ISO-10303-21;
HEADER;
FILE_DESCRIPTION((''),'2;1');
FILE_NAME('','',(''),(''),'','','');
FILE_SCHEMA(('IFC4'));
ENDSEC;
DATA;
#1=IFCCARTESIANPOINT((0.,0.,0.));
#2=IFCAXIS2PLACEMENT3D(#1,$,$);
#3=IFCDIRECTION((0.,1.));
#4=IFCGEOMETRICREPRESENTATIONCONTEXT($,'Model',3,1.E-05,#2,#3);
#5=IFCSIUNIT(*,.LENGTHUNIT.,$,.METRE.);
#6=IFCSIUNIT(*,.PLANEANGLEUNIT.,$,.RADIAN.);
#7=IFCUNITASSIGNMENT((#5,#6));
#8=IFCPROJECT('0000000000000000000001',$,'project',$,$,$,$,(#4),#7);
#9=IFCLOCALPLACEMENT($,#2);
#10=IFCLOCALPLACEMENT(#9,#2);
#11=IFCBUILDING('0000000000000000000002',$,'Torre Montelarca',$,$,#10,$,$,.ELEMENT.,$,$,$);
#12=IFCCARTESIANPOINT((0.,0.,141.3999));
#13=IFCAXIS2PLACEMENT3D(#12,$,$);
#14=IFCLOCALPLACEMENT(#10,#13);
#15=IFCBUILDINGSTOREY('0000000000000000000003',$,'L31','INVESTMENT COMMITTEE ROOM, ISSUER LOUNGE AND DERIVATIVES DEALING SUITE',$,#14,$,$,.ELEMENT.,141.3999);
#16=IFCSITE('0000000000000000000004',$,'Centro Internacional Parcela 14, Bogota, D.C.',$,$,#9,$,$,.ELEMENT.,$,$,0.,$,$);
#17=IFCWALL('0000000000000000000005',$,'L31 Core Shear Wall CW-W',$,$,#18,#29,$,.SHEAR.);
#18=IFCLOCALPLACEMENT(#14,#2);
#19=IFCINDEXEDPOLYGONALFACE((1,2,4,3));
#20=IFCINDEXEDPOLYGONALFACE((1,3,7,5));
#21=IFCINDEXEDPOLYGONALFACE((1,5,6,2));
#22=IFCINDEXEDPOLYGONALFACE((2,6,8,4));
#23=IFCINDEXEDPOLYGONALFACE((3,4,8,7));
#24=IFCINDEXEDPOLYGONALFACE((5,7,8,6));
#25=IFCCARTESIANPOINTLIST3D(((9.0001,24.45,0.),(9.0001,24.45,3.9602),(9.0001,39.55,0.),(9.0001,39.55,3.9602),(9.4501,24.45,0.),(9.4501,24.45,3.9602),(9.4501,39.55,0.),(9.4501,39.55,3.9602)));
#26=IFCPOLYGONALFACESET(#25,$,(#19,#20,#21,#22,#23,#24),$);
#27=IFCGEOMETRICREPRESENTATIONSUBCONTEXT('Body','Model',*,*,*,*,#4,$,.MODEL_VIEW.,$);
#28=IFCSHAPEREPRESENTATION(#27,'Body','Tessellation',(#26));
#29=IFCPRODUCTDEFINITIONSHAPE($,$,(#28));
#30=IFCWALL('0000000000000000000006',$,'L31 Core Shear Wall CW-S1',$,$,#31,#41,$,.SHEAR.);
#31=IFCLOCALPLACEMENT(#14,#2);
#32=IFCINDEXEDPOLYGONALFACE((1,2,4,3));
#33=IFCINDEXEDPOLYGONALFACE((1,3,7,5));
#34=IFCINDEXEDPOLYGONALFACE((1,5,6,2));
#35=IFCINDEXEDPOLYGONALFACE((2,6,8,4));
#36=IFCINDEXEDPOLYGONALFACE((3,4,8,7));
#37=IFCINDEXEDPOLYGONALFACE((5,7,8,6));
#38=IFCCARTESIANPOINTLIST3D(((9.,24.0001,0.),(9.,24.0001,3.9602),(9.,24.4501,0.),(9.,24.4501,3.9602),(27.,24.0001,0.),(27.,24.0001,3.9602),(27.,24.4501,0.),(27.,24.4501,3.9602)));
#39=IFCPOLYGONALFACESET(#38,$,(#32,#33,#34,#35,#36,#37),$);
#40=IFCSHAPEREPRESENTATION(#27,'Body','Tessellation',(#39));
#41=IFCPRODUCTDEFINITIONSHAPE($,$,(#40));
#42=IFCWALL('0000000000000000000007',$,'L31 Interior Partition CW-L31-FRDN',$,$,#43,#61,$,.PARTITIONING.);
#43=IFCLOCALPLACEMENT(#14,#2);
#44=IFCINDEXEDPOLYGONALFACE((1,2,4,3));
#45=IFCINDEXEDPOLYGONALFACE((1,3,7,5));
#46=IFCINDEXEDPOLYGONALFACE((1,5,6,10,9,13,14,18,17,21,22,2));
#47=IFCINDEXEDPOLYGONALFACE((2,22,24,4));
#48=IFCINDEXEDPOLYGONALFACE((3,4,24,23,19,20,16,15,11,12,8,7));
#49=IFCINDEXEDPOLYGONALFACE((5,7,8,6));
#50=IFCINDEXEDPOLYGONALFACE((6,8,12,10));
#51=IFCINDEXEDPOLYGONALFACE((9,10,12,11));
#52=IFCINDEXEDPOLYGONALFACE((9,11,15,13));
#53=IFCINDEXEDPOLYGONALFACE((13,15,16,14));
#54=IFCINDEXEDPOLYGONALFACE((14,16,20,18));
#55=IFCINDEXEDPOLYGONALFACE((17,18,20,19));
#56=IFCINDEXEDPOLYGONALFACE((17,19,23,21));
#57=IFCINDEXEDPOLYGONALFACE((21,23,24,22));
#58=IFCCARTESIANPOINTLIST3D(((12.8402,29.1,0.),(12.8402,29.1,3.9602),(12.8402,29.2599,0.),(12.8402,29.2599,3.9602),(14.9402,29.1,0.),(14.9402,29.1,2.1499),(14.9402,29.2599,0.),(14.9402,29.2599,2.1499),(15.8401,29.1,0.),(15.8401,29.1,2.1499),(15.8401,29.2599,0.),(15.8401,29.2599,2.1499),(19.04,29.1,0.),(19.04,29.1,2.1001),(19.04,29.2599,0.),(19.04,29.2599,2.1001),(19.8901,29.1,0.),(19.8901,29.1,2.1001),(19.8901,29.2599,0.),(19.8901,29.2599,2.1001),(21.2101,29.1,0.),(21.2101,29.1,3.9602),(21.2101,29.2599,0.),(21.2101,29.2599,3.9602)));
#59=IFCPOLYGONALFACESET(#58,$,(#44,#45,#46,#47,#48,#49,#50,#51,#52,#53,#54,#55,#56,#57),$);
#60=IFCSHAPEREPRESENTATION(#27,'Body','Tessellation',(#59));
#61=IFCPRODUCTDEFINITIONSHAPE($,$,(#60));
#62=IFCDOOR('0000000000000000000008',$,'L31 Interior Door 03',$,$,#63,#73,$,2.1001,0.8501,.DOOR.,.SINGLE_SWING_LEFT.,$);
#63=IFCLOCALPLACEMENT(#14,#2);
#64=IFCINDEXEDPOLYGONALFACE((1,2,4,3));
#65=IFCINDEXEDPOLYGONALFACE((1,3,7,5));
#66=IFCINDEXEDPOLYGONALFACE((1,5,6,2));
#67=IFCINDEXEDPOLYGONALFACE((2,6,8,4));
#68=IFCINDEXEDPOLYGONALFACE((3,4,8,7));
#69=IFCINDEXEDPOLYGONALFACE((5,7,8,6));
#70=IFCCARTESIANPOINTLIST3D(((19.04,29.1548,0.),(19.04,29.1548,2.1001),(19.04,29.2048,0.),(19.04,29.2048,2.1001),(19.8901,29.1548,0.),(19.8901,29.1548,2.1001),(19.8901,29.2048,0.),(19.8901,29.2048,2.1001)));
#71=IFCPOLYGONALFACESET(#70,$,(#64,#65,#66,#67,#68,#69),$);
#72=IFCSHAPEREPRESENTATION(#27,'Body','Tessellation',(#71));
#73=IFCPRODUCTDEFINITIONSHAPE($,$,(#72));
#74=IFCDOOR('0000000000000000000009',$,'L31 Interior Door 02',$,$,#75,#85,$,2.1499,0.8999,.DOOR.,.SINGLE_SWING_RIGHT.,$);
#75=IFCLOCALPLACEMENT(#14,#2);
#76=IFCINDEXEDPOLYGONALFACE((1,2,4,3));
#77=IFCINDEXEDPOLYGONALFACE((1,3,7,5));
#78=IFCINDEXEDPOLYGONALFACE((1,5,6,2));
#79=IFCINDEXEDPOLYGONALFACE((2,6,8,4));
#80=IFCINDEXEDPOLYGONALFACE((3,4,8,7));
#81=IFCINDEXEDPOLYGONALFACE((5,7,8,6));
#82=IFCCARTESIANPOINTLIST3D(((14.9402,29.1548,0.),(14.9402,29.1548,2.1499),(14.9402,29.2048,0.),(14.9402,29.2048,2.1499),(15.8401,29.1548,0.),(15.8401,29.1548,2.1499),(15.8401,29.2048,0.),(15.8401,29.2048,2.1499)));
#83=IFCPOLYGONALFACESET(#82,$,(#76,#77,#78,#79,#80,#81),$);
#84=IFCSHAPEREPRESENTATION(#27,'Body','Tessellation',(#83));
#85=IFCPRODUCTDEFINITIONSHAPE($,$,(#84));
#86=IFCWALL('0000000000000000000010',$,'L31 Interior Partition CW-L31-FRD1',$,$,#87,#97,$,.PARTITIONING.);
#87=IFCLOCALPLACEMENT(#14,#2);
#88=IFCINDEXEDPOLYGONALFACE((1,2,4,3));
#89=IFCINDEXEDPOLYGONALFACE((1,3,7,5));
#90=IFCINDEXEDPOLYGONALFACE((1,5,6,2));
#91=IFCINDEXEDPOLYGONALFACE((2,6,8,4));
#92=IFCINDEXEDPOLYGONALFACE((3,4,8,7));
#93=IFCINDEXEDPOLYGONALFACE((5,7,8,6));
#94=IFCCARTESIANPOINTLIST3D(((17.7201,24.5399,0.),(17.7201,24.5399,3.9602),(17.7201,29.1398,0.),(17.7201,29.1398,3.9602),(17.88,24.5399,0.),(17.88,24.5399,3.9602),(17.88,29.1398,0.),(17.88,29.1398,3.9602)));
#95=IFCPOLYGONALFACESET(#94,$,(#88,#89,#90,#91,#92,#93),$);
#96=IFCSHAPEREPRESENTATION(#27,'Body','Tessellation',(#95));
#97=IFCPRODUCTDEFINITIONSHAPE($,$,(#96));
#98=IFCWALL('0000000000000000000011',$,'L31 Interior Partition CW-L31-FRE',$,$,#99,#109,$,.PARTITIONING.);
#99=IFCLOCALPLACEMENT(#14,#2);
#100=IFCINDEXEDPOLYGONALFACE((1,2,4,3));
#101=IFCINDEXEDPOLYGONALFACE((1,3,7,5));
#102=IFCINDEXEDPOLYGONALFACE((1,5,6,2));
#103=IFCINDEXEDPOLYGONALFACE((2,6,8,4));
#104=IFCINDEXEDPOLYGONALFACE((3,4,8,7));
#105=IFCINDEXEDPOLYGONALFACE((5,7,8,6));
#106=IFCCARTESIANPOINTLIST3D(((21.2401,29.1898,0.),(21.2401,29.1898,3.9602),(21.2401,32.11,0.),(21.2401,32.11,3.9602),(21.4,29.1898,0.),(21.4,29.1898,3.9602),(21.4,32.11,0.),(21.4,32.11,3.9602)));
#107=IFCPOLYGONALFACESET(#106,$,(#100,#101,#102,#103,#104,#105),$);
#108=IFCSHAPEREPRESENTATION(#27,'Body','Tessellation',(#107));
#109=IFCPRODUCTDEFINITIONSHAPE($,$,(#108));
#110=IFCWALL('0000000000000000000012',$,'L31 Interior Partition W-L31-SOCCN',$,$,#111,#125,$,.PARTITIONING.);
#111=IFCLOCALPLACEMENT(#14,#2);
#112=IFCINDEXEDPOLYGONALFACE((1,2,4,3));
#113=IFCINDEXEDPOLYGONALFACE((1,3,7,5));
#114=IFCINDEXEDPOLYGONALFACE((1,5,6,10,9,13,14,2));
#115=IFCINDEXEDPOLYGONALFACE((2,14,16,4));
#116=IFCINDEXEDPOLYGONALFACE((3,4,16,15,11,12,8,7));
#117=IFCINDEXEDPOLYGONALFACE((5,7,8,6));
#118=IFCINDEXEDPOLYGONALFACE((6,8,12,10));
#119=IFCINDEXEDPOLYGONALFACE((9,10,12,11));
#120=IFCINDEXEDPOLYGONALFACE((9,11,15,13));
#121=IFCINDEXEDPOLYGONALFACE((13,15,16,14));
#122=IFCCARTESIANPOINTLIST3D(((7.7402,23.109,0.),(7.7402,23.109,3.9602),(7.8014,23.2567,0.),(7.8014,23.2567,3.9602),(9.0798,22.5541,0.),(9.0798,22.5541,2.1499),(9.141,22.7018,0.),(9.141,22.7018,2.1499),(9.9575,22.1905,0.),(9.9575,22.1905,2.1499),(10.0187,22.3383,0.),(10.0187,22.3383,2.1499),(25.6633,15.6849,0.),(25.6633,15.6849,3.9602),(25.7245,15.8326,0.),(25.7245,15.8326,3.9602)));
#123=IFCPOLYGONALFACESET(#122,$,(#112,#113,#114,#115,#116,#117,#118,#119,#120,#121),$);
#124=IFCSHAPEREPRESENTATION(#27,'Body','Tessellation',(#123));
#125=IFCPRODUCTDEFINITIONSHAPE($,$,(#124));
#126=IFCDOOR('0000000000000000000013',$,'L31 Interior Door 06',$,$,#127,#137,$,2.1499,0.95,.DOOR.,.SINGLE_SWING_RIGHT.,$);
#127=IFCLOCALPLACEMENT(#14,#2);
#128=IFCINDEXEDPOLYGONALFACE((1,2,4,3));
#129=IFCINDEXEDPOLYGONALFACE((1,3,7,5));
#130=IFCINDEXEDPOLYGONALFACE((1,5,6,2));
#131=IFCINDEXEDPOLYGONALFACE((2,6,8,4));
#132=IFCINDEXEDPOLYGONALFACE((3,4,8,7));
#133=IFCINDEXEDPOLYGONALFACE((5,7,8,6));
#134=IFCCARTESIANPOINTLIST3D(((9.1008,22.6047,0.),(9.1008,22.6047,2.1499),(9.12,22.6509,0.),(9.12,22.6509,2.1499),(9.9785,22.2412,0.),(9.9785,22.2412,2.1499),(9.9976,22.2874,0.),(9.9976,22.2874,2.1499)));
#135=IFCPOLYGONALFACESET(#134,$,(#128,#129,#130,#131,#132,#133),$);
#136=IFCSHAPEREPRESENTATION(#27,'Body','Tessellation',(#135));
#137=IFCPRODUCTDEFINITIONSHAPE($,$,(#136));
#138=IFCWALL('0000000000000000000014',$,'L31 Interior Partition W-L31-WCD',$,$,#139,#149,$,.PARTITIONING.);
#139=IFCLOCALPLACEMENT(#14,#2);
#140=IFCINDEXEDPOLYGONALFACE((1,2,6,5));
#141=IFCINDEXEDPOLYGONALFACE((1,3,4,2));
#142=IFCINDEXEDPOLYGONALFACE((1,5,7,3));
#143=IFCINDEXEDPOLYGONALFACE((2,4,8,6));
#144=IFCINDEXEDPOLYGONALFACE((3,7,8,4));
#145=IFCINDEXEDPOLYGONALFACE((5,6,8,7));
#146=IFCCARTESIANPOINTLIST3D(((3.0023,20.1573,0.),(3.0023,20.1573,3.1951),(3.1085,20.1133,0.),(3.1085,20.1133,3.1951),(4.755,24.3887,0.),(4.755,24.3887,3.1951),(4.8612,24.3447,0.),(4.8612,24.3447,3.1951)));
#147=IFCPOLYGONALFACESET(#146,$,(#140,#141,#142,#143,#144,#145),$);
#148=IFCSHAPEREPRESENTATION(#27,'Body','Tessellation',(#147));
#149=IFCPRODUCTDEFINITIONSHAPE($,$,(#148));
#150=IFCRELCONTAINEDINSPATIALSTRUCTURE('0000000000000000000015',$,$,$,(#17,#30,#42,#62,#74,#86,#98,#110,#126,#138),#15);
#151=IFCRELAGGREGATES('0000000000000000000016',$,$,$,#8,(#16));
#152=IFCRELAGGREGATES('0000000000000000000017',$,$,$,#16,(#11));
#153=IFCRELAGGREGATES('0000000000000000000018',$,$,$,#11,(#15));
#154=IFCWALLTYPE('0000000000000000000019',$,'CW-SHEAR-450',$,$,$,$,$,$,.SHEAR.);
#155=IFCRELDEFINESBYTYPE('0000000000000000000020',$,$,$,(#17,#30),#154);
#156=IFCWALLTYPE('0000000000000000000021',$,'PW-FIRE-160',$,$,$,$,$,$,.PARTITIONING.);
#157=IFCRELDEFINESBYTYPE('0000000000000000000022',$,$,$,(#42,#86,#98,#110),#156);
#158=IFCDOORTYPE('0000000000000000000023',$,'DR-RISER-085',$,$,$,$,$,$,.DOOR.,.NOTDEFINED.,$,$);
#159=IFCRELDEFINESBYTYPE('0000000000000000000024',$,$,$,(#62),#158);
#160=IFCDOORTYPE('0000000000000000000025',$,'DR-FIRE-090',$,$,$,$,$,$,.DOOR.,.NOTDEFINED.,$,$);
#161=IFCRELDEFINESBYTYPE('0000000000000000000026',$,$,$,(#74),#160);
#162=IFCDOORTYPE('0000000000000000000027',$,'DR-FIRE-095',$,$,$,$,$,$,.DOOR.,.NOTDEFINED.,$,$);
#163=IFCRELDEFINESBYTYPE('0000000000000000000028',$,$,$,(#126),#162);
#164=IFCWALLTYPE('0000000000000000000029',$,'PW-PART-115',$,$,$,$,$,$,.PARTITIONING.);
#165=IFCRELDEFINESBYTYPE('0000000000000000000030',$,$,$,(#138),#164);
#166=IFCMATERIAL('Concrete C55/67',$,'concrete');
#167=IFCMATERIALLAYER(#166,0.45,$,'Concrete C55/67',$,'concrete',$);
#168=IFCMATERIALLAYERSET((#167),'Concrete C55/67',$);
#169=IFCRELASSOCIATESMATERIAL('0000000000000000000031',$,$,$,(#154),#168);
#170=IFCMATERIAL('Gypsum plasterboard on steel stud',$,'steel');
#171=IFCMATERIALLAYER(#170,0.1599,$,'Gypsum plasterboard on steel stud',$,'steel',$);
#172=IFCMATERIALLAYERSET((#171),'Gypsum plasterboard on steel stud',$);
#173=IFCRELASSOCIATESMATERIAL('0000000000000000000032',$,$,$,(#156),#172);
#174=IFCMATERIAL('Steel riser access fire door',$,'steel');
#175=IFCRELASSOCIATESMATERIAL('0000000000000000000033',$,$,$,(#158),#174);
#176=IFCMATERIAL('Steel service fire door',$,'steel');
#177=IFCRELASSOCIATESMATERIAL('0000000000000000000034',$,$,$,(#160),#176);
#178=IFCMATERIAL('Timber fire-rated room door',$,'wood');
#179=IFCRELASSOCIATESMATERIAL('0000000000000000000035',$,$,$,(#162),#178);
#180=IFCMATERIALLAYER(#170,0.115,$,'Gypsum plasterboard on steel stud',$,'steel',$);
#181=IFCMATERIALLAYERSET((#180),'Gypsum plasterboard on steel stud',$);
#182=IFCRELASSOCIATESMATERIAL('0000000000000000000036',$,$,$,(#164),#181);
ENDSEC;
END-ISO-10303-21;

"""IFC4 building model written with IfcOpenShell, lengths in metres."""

from ifc_helpers import new_model, si_unit, direction, frame, frame_2d, origin, place, context, subcontext, project, spatial, rectangle, extrude, source, transform, mapped, material, layer, layer_set, type_object, element, fill, save


model = new_model("IFC4")

# Units and contexts
model_context = context("Model", 3, precision=1e-05, world=origin(), true_north=direction((0.0, 1.0)))
body_context = subcontext(model_context, "Body", "Model", "MODEL_VIEW")
ifc_project = project(units=[si_unit("LENGTHUNIT", "METRE"), si_unit("PLANEANGLEUNIT", "RADIAN")], contexts=[model_context])

# Site, building, storey
site_placement = place(None, origin())
site = spatial("IfcSite", under=ifc_project, at=site_placement, Name="Centro Internacional Parcela 14, Bogota, D.C.", CompositionType="ELEMENT", RefElevation=0.0)
building_placement = place(site_placement, origin())
building = spatial("IfcBuilding", under=site, at=building_placement, Name="Torre Montelarca", CompositionType="ELEMENT")
storey_placement = place(building_placement, frame((0.0, 0.0, 141.3999)))
storey = spatial("IfcBuildingStorey", under=building, at=storey_placement, Name="L31", Description="INVESTMENT COMMITTEE ROOM, ISSUER LOUNGE AND DERIVATIVES DEALING SUITE", CompositionType="ELEMENT", Elevation=141.3999)

# Shared definitions
ifc_material_1 = material(Name="Concrete C55/67", Category="concrete")

# Walls
ifc_layer_1 = layer(ifc_material_1, 0.45, Name="Concrete C55/67", Category="concrete")
ifc_layer_set_1 = layer_set([ifc_layer_1], Name="Concrete C55/67")
wall_type_1 = type_object("IfcWallType", Name="CW-SHEAR-450", PredefinedType="SHEAR", material=ifc_layer_set_1)
wall_1_placement = place(storey_placement, frame((9.2251, 24.45, 0.0), z_axis=(0.0, 0.0, 1.0), x_axis=(0.0, 1.0, 0.0)))
element("IfcWall", 1, at=wall_1_placement, inside=storey, type_object=wall_type_1, Name="L31 Core Shear Wall CW-W", PredefinedType="SHEAR", context=body_context, shape_type="SweptSolid", body=[
    extrude(rectangle(XDim=15.1001, YDim=0.45, at=frame_2d((7.55, 0.0))), origin(), (0.0, 0.0, 1.0), 3.9602),
])
wall_2_placement = place(storey_placement, frame((9.0, 24.2251, 0.0), z_axis=(0.0, 0.0, 1.0), x_axis=(1.0, 0.0, 0.0)))
element("IfcWall", 2, at=wall_2_placement, inside=storey, type_object=wall_type_1, Name="L31 Core Shear Wall CW-S1", PredefinedType="SHEAR", context=body_context, shape_type="SweptSolid", body=[
    extrude(rectangle(XDim=18.0, YDim=0.45, at=frame_2d((9.0, 0.0))), origin(), (0.0, 0.0, 1.0), 3.9602),
])

# Wall, openings, doors
ifc_material_2 = material(Name="Gypsum plasterboard on steel stud", Category="steel")
ifc_layer_2 = layer(ifc_material_2, 0.1599, Name="Gypsum plasterboard on steel stud", Category="steel")
ifc_layer_set_2 = layer_set([ifc_layer_2], Name="Gypsum plasterboard on steel stud")
wall_type_2 = type_object("IfcWallType", Name="PW-FIRE-160", PredefinedType="PARTITIONING", material=ifc_layer_set_2)
wall_3_placement = place(storey_placement, frame((12.8401, 29.1799, 0.0), z_axis=(0.0, 0.0, 1.0), x_axis=(1.0, 0.0, 0.0)))
wall_3 = element("IfcWall", 3, at=wall_3_placement, inside=storey, type_object=wall_type_2, Name="L31 Interior Partition CW-L31-FRDN", PredefinedType="PARTITIONING", context=body_context, shape_type="SweptSolid", body=[
    extrude(rectangle(XDim=8.3699, YDim=0.1599, at=frame_2d((4.1851, 0.0))), origin(), (0.0, 0.0, 1.0), 3.9602),
])
opening_1_placement = place(wall_3_placement, frame((2.1001, 0.0, 0.0)))
opening_1 = element("IfcOpeningElement", 4, at=opening_1_placement, cuts=wall_3, PredefinedType="OPENING", context=body_context, shape_type="SweptSolid", body=[
    extrude(rectangle(XDim=0.8999, YDim=2.1499, at=frame_2d((0.45, 1.075))), frame((0.0, 0.0898, 0.0), z_axis=(0.0, -1.0, 0.0), x_axis=(1.0, 0.0, 0.0)), (0.0, 0.0, 1.0), 0.1799),
])
opening_2_placement = place(wall_3_placement, frame((6.2, 0.0, 0.0)))
opening_2 = element("IfcOpeningElement", 5, at=opening_2_placement, cuts=wall_3, PredefinedType="OPENING", context=body_context, shape_type="SweptSolid", body=[
    extrude(rectangle(XDim=0.8501, YDim=2.1001, at=frame_2d((0.425, 1.05))), frame((0.0, 0.0898, 0.0), z_axis=(0.0, -1.0, 0.0), x_axis=(1.0, 0.0, 0.0)), (0.0, 0.0, 1.0), 0.1799),
])
ifc_material_3 = material(Name="Steel riser access fire door", Category="steel")
door_type_1 = type_object("IfcDoorType", Name="DR-RISER-085", OperationType="NOTDEFINED", PredefinedType="DOOR", material=ifc_material_3)
shared_shape_1 = source(origin(), body_context, "Body", "SweptSolid", [
    extrude(rectangle(XDim=0.8501, YDim=2.1001, at=frame_2d((0.425, 1.05))), frame((0.0, 0.0249, 0.0), z_axis=(0.0, -1.0, 0.0), x_axis=(1.0, 0.0, 0.0)), (0.0, 0.0, 1.0), 0.05),
])
door_1_placement = place(opening_2_placement, origin())
door_1 = element("IfcDoor", 6, at=door_1_placement, inside=storey, type_object=door_type_1, Name="L31 Interior Door 03", OperationType="SINGLE_SWING_LEFT", OverallHeight=2.1001, OverallWidth=0.8501, PredefinedType="DOOR", context=body_context, shape_type="MappedRepresentation", body=[
    mapped(shared_shape_1, transform((0.0, 0.0, 0.0), scale=1.0)),
])
fill(opening_2, door_1)
ifc_material_4 = material(Name="Steel service fire door", Category="steel")
door_type_2 = type_object("IfcDoorType", Name="DR-FIRE-090", OperationType="NOTDEFINED", PredefinedType="DOOR", material=ifc_material_4)
shared_shape_2 = source(origin(), body_context, "Body", "SweptSolid", [
    extrude(rectangle(XDim=0.8999, YDim=2.1499, at=frame_2d((0.45, 1.075))), frame((0.0, 0.0249, 0.0), z_axis=(0.0, -1.0, 0.0), x_axis=(1.0, 0.0, 0.0)), (0.0, 0.0, 1.0), 0.05),
])
door_2_placement = place(opening_1_placement, origin())
door_2 = element("IfcDoor", 7, at=door_2_placement, inside=storey, type_object=door_type_2, Name="L31 Interior Door 02", OperationType="SINGLE_SWING_RIGHT", OverallHeight=2.1499, OverallWidth=0.8999, PredefinedType="DOOR", context=body_context, shape_type="MappedRepresentation", body=[
    mapped(shared_shape_2, transform((0.0, 0.0, 0.0), scale=1.0)),
])
fill(opening_1, door_2)

# Walls
wall_4_placement = place(storey_placement, frame((17.8, 24.54, 0.0), z_axis=(0.0, 0.0, 1.0), x_axis=(0.0, 1.0, 0.0)))
element("IfcWall", 8, at=wall_4_placement, inside=storey, type_object=wall_type_2, Name="L31 Interior Partition CW-L31-FRD1", PredefinedType="PARTITIONING", context=body_context, shape_type="SweptSolid", body=[
    extrude(rectangle(XDim=4.5999, YDim=0.1599, at=frame_2d((2.2998, 0.0))), origin(), (0.0, 0.0, 1.0), 3.9602),
])
wall_5_placement = place(storey_placement, frame((21.3201, 29.1899, 0.0), z_axis=(0.0, 0.0, 1.0), x_axis=(0.0, 1.0, 0.0)))
element("IfcWall", 9, at=wall_5_placement, inside=storey, type_object=wall_type_2, Name="L31 Interior Partition CW-L31-FRE", PredefinedType="PARTITIONING", context=body_context, shape_type="SweptSolid", body=[
    extrude(rectangle(XDim=2.9202, YDim=0.1599, at=frame_2d((1.46, 0.0))), origin(), (0.0, 0.0, 1.0), 3.9602),
])

# Wall, opening, door
wall_6_placement = place(storey_placement, frame((7.7708, 23.1829, 0.0), z_axis=(0.0, 0.0, 1.0), x_axis=(0.923878, -0.382687, 0.0)))
wall_6 = element("IfcWall", 10, at=wall_6_placement, inside=storey, type_object=wall_type_2, Name="L31 Interior Partition W-L31-SOCCN", PredefinedType="PARTITIONING", context=body_context, shape_type="SweptSolid", body=[
    extrude(rectangle(XDim=19.3999, YDim=0.1599, at=frame_2d((9.7, 0.0))), origin(), (0.0, 0.0, 1.0), 3.9602),
])
opening_3_placement = place(wall_6_placement, frame((1.45, 0.0, 0.0)))
opening_3 = element("IfcOpeningElement", 11, at=opening_3_placement, cuts=wall_6, PredefinedType="OPENING", context=body_context, shape_type="SweptSolid", body=[
    extrude(rectangle(XDim=0.95, YDim=2.1499, at=frame_2d((0.4751, 1.075))), frame((0.0, 0.0898, 0.0), z_axis=(0.0, -1.0, 0.0), x_axis=(1.0, 0.0, 0.0)), (0.0, 0.0, 1.0), 0.1799),
])
ifc_material_5 = material(Name="Timber fire-rated room door", Category="wood")
door_type_3 = type_object("IfcDoorType", Name="DR-FIRE-095", OperationType="NOTDEFINED", PredefinedType="DOOR", material=ifc_material_5)
shared_shape_3 = source(origin(), body_context, "Body", "SweptSolid", [
    extrude(rectangle(XDim=0.95, YDim=2.1499, at=frame_2d((0.4751, 1.075))), frame((0.0, 0.0249, 0.0), z_axis=(0.0, -1.0, 0.0), x_axis=(1.0, 0.0, 0.0)), (0.0, 0.0, 1.0), 0.05),
])
door_3_placement = place(opening_3_placement, origin())
door_3 = element("IfcDoor", 12, at=door_3_placement, inside=storey, type_object=door_type_3, Name="L31 Interior Door 06", OperationType="SINGLE_SWING_RIGHT", OverallHeight=2.1499, OverallWidth=0.95, PredefinedType="DOOR", context=body_context, shape_type="MappedRepresentation", body=[
    mapped(shared_shape_3, transform((0.0, 0.0, 0.0), scale=1.0)),
])
fill(opening_3, door_3)

# Wall
ifc_layer_3 = layer(ifc_material_2, 0.115, Name="Gypsum plasterboard on steel stud", Category="steel")
ifc_layer_set_3 = layer_set([ifc_layer_3], Name="Gypsum plasterboard on steel stud")
wall_type_3 = type_object("IfcWallType", Name="PW-PART-115", PredefinedType="PARTITIONING", material=ifc_layer_set_3)
wall_7_placement = place(storey_placement, frame((3.0554, 20.1353, 0.0), z_axis=(0.0, 0.0, 1.0), x_axis=(0.382677, 0.923882, 0.0)))
element("IfcWall", 13, at=wall_7_placement, inside=storey, type_object=wall_type_3, Name="L31 Interior Partition W-L31-WCD", PredefinedType="PARTITIONING", context=body_context, shape_type="SweptSolid", body=[
    extrude(rectangle(XDim=4.5801, YDim=0.115, at=frame_2d((2.29, 0.0))), origin(), (0.0, 0.0, 1.0), 3.1951),
])

save(model, "model.ifc")
